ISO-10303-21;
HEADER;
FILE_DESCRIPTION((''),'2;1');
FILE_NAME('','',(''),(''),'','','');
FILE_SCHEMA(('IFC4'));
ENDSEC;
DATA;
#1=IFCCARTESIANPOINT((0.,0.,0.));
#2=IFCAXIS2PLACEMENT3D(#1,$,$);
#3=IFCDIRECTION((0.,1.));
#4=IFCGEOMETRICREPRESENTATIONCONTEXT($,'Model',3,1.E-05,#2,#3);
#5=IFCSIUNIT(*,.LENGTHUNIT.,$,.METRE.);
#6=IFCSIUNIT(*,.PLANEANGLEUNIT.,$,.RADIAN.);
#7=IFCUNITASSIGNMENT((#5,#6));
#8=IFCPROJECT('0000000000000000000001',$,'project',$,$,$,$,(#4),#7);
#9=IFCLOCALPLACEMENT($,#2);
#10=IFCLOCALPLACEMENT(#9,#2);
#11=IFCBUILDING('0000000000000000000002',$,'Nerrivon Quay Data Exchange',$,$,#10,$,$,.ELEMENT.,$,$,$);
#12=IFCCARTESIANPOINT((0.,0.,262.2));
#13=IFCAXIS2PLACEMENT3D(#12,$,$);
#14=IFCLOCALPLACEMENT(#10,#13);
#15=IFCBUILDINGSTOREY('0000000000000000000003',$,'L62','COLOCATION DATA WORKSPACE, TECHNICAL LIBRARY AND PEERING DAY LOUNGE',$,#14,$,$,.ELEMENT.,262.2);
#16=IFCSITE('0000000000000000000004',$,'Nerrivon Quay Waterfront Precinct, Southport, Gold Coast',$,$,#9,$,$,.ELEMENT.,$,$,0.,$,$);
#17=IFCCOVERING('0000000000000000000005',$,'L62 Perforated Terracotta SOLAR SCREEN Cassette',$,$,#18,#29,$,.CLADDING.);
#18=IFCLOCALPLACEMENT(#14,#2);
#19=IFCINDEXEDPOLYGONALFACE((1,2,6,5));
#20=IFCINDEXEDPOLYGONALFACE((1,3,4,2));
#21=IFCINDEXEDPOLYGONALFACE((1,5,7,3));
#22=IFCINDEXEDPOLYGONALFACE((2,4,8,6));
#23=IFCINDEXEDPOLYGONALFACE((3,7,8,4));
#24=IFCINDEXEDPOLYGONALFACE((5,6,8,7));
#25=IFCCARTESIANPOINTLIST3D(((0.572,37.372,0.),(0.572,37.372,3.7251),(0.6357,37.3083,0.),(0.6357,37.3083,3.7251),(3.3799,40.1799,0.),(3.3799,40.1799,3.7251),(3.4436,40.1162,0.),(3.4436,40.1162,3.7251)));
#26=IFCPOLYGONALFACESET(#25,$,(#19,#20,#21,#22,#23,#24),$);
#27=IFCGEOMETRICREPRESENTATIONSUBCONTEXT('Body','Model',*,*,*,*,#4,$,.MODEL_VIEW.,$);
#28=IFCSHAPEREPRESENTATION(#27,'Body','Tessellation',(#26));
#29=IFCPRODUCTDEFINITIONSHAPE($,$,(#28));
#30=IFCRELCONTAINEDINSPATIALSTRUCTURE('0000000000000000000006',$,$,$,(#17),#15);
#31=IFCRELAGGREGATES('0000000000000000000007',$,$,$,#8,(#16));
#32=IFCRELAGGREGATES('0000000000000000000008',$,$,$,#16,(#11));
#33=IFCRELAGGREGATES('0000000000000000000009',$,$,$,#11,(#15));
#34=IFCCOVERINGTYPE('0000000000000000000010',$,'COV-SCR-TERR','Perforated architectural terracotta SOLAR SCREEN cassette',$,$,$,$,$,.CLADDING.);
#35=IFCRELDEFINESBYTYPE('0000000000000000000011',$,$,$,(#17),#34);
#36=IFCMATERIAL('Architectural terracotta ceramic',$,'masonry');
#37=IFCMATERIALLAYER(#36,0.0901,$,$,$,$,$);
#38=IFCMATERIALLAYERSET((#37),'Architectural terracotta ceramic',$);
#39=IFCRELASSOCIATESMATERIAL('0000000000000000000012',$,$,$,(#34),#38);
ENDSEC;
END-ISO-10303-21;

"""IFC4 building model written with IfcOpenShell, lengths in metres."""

from ifc_helpers import new_model, si_unit, direction, frame, origin, origin_2d, place, context, subcontext, project, spatial, rectangle, extrude, material, layer, layer_set, type_object, element, save


model = new_model("IFC4")

# Units and contexts
model_context = context("Model", 3, precision=1e-05, world=origin(), true_north=direction((0.0, 1.0)))
body_context = subcontext(model_context, "Body", "Model", "MODEL_VIEW")
ifc_project = project(units=[si_unit("LENGTHUNIT", "METRE"), si_unit("PLANEANGLEUNIT", "RADIAN")], contexts=[model_context])

# Site, building, storey
site_placement = place(None, origin())
site = spatial("IfcSite", under=ifc_project, at=site_placement, Name="Nerrivon Quay Waterfront Precinct, Southport, Gold Coast", CompositionType="ELEMENT", RefElevation=0.0)
building_placement = place(site_placement, origin())
building = spatial("IfcBuilding", under=site, at=building_placement, Name="Nerrivon Quay Data Exchange", CompositionType="ELEMENT")
storey_placement = place(building_placement, frame((0.0, 0.0, 262.2)))
storey = spatial("IfcBuildingStorey", under=building, at=storey_placement, Name="L62", Description="COLOCATION DATA WORKSPACE, TECHNICAL LIBRARY AND PEERING DAY LOUNGE", CompositionType="ELEMENT", Elevation=262.2)

# Covering
ifc_material_1 = material(Name="Architectural terracotta ceramic", Category="masonry")
ifc_layer_1 = layer(ifc_material_1, 0.0901)
ifc_layer_set_1 = layer_set([ifc_layer_1], Name="Architectural terracotta ceramic")
covering_type = type_object("IfcCoveringType", Name="COV-SCR-TERR", Description="Perforated architectural terracotta SOLAR SCREEN cassette", PredefinedType="CLADDING", material=ifc_layer_set_1)
covering_placement = place(storey_placement, frame((2.0078, 38.7441, 0.0), z_axis=(0.0, 0.0, 1.0), x_axis=(0.707107, 0.707107, 0.0)))
element("IfcCovering", 1, at=covering_placement, inside=storey, type_object=covering_type, Name="L62 Perforated Terracotta SOLAR SCREEN Cassette", PredefinedType="CLADDING", context=body_context, shape_type="SweptSolid", body=[
    extrude(rectangle(XDim=3.9709, YDim=0.0901, at=origin_2d()), origin(), (0.0, 0.0, 1.0), 3.7251),
])

save(model, "model.ifc")
